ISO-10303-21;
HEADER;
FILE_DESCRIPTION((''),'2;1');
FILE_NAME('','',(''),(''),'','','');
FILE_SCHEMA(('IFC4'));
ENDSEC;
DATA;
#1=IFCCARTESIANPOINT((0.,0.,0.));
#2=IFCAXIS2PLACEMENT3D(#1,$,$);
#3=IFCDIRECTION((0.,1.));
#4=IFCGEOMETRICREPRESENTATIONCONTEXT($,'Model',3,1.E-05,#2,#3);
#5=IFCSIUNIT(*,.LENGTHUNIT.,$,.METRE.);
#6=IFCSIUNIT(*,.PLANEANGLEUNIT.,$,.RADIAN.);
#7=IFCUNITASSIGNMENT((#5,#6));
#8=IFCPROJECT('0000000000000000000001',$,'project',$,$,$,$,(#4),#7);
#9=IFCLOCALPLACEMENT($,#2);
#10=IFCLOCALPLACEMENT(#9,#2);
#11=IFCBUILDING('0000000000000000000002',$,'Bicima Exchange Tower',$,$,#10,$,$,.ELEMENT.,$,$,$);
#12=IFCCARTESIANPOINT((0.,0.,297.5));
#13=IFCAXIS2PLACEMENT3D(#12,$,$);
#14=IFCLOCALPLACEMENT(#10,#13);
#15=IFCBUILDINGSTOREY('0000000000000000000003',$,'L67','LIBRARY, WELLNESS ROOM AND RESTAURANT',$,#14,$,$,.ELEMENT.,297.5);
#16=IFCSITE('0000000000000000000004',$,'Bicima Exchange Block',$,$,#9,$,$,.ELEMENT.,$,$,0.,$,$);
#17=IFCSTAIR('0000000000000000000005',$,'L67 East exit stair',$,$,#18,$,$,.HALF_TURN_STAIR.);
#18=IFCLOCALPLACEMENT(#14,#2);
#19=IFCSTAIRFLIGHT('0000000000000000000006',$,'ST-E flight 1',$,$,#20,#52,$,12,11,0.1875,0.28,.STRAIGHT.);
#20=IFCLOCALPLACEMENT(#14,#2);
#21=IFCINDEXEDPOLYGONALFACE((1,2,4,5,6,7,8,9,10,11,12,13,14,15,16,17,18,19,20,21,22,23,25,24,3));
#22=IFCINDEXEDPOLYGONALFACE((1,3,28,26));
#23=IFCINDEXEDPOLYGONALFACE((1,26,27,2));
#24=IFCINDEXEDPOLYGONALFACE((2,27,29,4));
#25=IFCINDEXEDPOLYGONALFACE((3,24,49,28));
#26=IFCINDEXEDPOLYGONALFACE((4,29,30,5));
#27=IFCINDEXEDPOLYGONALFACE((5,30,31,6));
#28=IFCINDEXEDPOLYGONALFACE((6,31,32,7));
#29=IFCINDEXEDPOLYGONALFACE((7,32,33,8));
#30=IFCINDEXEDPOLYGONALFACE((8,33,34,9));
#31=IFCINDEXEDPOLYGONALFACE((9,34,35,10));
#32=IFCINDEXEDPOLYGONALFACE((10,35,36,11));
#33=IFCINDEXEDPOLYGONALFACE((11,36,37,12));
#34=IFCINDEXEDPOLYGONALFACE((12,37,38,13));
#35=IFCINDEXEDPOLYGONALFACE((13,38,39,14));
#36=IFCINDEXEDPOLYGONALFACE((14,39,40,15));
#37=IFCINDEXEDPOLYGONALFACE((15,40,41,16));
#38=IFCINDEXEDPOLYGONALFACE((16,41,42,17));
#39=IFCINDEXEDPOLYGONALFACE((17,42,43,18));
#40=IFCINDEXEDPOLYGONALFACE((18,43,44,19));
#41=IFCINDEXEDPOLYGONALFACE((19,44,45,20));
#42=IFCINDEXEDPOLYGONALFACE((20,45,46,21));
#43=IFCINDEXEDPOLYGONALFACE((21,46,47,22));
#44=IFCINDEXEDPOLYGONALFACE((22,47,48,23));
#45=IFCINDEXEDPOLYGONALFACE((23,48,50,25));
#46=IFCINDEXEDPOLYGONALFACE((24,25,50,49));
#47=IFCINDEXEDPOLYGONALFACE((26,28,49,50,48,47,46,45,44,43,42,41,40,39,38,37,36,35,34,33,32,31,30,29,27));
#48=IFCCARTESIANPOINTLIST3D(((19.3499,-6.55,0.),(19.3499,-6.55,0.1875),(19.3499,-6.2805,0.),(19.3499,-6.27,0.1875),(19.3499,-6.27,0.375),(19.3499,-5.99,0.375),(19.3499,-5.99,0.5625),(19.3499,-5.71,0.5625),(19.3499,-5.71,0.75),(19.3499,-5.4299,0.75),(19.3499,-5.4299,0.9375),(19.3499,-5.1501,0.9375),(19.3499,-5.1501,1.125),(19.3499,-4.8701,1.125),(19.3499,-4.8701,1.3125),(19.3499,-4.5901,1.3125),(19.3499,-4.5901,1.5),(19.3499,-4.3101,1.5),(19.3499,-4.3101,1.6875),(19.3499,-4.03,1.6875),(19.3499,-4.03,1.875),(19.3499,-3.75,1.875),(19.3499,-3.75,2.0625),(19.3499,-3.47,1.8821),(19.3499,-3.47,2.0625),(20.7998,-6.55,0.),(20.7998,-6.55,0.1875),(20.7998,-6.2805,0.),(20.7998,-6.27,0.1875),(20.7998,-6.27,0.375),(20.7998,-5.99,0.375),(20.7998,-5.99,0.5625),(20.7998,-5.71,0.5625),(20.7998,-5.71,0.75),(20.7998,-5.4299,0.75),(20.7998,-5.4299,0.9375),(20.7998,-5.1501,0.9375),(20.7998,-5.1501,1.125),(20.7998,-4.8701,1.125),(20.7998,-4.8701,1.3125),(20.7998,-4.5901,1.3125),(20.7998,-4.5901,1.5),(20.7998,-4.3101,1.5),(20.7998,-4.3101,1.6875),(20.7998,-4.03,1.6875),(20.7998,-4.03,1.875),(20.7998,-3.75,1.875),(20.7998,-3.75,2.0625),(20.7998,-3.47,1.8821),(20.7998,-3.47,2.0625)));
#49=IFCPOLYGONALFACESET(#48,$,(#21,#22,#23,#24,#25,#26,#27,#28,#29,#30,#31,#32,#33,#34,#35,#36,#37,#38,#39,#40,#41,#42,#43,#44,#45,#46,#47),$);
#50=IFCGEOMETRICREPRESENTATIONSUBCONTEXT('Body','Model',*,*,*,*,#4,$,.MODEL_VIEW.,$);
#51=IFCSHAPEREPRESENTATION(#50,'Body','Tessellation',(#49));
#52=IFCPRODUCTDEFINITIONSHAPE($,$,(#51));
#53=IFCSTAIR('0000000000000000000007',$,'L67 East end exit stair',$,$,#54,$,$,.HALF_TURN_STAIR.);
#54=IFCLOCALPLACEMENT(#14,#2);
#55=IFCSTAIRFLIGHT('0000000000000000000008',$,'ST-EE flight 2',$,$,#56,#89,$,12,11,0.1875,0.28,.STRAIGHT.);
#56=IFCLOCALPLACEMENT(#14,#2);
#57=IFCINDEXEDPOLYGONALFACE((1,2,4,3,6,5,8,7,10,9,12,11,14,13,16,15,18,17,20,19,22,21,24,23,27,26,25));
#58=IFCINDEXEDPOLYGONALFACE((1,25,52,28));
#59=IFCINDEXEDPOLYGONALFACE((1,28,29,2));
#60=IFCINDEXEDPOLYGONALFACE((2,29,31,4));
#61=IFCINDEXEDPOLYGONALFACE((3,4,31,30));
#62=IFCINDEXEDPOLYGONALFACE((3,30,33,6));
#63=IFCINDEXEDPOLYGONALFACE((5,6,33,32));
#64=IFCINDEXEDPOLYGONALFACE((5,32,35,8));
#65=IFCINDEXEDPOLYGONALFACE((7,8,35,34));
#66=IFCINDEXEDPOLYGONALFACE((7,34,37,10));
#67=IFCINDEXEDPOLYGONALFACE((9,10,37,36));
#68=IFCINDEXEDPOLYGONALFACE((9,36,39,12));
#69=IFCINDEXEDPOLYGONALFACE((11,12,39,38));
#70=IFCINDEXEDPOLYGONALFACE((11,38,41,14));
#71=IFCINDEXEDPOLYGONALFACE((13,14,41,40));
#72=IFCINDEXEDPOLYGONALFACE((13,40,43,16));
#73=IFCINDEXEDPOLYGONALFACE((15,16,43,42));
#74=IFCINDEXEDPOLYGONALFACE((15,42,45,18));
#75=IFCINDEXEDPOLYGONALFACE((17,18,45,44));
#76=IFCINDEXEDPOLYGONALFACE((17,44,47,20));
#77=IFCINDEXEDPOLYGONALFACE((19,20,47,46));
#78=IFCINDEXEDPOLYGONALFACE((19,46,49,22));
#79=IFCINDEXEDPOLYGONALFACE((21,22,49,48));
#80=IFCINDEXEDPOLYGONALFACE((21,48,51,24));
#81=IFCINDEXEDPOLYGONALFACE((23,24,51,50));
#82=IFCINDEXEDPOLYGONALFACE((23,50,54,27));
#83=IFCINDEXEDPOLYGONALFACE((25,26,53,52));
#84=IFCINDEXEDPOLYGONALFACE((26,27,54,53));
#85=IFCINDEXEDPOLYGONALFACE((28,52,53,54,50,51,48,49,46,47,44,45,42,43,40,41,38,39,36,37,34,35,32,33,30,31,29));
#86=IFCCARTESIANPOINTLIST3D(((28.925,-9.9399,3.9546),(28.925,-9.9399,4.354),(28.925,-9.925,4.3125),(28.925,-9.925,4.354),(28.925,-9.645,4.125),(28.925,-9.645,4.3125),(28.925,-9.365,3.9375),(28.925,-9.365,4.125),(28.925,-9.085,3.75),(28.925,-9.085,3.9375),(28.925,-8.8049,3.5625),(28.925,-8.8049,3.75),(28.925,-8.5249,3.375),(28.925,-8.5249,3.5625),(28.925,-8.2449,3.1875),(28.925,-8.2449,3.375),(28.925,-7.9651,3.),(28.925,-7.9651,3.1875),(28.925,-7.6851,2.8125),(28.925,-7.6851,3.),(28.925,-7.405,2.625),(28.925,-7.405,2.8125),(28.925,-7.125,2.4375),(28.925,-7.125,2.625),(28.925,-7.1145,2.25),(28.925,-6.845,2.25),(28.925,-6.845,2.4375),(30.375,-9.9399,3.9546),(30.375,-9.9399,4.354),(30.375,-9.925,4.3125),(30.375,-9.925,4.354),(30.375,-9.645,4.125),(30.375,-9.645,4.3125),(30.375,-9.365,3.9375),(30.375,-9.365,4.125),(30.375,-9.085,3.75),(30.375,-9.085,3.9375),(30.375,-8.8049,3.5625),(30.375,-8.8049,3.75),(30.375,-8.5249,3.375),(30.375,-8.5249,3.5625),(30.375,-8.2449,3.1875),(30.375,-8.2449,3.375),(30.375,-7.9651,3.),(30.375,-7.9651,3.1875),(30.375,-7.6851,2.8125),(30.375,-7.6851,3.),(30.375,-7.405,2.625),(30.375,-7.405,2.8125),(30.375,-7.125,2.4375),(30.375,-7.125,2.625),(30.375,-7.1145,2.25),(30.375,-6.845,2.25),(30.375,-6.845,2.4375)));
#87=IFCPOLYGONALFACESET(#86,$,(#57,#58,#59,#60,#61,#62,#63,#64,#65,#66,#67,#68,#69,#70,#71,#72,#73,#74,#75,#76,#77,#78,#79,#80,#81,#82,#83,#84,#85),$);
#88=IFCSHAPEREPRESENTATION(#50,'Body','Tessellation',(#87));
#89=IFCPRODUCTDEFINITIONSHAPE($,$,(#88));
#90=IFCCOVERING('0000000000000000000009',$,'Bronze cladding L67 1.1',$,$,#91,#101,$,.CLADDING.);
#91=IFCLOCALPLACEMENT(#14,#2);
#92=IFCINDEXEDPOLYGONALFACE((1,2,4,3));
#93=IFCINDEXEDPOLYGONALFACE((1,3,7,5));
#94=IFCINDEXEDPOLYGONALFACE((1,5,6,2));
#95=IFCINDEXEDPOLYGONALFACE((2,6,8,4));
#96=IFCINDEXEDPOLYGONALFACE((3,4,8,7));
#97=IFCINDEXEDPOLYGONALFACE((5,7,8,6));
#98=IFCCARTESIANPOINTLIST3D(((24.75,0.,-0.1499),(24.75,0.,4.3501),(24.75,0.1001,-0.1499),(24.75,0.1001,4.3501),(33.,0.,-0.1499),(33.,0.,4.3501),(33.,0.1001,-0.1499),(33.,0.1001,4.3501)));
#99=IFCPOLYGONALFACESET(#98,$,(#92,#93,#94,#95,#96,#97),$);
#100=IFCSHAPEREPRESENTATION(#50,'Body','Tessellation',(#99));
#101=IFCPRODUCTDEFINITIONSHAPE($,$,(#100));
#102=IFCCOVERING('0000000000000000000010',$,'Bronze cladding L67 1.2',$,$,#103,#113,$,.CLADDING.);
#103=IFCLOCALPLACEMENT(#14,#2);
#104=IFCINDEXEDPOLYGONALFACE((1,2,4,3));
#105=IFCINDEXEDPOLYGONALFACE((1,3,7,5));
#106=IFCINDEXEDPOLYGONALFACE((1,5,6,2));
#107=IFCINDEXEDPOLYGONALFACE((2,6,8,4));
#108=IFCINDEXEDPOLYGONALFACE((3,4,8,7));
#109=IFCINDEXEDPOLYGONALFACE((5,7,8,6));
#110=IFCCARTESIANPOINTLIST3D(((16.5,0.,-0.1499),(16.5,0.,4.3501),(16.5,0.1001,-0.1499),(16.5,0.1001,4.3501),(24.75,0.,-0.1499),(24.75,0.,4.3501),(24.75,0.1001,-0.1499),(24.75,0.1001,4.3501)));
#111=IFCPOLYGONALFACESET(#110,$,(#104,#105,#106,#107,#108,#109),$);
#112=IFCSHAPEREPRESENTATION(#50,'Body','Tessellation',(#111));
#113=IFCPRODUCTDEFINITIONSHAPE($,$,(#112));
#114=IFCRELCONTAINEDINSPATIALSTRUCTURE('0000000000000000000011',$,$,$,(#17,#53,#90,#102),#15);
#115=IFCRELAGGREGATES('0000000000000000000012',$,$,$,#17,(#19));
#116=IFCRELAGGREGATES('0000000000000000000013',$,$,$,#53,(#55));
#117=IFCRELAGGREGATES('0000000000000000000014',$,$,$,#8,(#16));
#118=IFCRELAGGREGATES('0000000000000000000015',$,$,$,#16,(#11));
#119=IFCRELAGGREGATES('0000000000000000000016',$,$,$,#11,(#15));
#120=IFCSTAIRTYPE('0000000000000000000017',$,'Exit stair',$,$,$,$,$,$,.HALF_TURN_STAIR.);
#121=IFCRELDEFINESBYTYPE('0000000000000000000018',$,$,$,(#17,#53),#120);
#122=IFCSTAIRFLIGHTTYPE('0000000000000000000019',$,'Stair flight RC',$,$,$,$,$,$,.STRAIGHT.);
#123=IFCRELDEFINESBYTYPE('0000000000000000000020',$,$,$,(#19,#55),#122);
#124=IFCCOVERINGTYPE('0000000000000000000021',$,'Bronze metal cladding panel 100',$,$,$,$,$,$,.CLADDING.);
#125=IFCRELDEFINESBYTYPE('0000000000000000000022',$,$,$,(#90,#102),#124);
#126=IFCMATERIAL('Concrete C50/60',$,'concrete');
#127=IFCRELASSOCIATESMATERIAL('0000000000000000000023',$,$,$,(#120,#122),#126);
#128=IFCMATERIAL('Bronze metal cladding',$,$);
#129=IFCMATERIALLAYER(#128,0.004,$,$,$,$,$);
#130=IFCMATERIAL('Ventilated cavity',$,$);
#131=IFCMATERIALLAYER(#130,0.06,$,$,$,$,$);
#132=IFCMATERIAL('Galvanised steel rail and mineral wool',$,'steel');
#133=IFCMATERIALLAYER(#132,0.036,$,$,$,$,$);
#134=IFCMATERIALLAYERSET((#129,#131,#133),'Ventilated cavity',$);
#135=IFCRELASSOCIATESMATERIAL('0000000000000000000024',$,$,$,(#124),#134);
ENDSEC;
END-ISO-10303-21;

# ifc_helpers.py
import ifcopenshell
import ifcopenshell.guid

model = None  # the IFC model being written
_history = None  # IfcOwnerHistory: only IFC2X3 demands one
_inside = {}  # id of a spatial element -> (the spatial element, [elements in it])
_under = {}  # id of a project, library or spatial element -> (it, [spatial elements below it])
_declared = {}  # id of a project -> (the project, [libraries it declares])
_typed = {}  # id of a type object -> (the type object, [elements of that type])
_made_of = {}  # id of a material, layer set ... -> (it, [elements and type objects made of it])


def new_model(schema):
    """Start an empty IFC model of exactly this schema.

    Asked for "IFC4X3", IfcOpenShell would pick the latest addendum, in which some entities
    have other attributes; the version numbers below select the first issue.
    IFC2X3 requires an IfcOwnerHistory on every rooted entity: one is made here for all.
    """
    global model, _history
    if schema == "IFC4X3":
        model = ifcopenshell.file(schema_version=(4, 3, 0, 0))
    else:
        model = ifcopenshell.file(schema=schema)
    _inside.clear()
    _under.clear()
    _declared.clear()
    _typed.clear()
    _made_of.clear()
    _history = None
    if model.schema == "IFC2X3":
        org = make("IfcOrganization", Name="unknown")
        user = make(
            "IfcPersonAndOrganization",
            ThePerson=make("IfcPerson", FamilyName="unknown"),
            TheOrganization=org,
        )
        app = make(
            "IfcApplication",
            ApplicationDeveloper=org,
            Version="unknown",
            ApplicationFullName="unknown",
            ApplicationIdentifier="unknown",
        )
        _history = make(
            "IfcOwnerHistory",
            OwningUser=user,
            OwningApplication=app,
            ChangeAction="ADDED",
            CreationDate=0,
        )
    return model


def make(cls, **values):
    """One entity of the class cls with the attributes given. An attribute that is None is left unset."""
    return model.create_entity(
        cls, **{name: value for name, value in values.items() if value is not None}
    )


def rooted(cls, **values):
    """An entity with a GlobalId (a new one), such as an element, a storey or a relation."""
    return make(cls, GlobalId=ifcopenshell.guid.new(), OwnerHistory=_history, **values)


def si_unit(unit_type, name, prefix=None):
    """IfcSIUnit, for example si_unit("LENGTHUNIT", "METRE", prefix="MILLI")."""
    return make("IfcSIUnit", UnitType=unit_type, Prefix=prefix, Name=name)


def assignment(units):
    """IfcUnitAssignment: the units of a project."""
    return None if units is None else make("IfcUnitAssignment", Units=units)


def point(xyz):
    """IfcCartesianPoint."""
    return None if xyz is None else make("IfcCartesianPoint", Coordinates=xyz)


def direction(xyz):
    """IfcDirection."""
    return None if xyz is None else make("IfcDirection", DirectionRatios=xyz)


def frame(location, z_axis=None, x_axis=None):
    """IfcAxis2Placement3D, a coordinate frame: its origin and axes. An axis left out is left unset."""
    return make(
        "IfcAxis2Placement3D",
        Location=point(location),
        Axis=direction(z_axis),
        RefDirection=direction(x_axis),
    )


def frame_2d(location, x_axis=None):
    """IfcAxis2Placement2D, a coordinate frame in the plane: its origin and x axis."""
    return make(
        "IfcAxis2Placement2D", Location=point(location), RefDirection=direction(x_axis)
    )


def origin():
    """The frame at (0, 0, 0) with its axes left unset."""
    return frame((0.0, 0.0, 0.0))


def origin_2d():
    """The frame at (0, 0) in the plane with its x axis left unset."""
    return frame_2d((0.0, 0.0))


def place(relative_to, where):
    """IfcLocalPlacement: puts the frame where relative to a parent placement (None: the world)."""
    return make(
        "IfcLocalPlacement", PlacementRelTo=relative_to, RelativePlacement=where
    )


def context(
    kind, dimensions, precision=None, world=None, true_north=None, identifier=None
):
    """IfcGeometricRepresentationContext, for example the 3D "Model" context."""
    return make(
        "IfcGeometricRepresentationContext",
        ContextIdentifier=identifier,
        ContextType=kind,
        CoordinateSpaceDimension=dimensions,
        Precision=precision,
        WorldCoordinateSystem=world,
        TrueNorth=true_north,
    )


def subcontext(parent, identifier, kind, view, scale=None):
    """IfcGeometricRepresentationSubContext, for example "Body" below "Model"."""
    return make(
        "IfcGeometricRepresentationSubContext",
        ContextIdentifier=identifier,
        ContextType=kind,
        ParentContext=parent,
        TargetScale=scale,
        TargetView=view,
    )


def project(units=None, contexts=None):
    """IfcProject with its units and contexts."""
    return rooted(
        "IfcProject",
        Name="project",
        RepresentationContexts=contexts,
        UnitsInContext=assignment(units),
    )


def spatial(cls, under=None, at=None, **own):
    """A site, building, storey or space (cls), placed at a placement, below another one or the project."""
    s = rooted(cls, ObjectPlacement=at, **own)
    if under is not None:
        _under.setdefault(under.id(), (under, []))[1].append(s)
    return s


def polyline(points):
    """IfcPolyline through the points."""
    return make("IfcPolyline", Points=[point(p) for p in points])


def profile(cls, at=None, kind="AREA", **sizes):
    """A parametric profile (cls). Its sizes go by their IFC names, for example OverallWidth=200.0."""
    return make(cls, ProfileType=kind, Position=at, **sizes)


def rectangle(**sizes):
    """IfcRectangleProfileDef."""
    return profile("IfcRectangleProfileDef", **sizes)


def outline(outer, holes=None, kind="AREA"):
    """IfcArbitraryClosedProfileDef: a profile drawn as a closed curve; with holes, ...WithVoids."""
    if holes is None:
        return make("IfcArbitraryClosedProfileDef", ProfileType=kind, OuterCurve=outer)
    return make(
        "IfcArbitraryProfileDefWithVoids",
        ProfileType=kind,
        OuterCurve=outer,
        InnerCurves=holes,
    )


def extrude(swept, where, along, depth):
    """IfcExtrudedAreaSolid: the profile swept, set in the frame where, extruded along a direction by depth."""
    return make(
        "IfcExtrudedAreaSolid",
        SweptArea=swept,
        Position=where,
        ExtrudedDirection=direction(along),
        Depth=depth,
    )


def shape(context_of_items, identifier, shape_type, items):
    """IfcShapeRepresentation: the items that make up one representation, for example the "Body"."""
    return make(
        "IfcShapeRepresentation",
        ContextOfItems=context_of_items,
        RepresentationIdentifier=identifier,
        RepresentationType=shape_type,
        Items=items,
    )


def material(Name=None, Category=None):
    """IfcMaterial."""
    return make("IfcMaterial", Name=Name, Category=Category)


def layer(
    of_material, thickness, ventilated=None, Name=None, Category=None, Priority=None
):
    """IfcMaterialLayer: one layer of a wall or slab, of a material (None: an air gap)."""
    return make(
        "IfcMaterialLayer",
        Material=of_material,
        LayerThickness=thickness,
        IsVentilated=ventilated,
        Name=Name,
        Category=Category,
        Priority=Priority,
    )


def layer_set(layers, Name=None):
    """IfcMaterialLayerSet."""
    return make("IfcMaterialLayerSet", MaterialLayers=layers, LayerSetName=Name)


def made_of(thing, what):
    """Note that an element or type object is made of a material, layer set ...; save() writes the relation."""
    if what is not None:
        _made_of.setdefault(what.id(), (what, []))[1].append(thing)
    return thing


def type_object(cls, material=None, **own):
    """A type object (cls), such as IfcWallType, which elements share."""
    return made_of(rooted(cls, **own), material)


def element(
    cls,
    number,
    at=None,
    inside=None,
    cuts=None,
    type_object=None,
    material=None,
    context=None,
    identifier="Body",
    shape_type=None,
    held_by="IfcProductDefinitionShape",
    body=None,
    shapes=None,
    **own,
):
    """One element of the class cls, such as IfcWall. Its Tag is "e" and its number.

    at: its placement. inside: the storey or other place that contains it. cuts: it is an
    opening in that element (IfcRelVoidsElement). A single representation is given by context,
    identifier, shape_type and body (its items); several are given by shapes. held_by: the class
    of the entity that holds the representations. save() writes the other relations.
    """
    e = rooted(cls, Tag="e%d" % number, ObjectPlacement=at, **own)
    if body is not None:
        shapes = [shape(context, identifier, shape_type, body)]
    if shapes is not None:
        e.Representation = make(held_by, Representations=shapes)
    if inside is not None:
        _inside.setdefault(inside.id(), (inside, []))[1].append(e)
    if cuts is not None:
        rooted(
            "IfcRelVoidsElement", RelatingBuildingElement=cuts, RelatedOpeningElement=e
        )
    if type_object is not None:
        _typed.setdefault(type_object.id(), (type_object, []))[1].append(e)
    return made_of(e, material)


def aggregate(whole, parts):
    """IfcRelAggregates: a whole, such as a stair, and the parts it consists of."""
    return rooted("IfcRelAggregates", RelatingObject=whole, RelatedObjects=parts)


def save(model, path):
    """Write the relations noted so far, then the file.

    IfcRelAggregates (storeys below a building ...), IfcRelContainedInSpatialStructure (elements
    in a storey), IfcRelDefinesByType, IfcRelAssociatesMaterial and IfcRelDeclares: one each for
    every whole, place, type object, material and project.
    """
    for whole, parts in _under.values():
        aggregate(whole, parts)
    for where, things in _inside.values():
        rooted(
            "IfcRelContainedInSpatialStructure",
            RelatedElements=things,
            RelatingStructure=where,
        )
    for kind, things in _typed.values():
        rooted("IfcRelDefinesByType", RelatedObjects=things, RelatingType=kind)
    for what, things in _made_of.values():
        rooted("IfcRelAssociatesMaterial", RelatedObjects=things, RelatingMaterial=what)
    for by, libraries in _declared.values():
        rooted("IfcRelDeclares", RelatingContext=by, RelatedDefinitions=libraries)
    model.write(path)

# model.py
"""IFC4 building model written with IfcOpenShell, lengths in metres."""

from ifc_helpers import new_model, si_unit, direction, frame, origin, origin_2d, place, context, subcontext, project, spatial, polyline, rectangle, outline, extrude, material, layer, layer_set, type_object, element, aggregate, save


model = new_model("IFC4")

# Units and contexts
model_context = context("Model", 3, precision=1e-05, world=origin(), true_north=direction((0.0, 1.0)))
body_context = subcontext(model_context, "Body", "Model", "MODEL_VIEW")
ifc_project = project(units=[si_unit("LENGTHUNIT", "METRE"), si_unit("PLANEANGLEUNIT", "RADIAN")], contexts=[model_context])

# Site, building, storey
site_placement = place(None, origin())
site = spatial("IfcSite", under=ifc_project, at=site_placement, Name="Bicima Exchange Block", CompositionType="ELEMENT", RefElevation=0.0)
building_placement = place(site_placement, origin())
building = spatial("IfcBuilding", under=site, at=building_placement, Name="Bicima Exchange Tower", CompositionType="ELEMENT")
storey_placement = place(building_placement, frame((0.0, 0.0, 297.5)))
storey = spatial("IfcBuildingStorey", under=building, at=storey_placement, Name="L67", Description="LIBRARY, WELLNESS ROOM AND RESTAURANT", CompositionType="ELEMENT", Elevation=297.5)

# Shared definitions
ifc_material_1 = material(Name="Concrete C50/60", Category="concrete")

# Stairs, stair flights
stair_type = type_object("IfcStairType", Name="Exit stair", PredefinedType="HALF_TURN_STAIR", material=ifc_material_1)
stair_1_placement = place(storey_placement, origin())
stair_1 = element("IfcStair", 1, at=stair_1_placement, inside=storey, type_object=stair_type, Name="L67 East exit stair", PredefinedType="HALF_TURN_STAIR")
stair_flight_type = type_object("IfcStairFlightType", Name="Stair flight RC", PredefinedType="STRAIGHT", material=ifc_material_1)
stair_flight_1_placement = place(storey_placement, frame((20.075, -6.55, 0.0), z_axis=(0.0, 0.0, 1.0), x_axis=(0.0, 1.0, 0.0)))
stair_flight_1 = element("IfcStairFlight", 2, at=stair_flight_1_placement, type_object=stair_flight_type, Name="ST-E flight 1", NumberOfRisers=12, NumberOfTreads=11, PredefinedType="STRAIGHT", RiserHeight=0.1875, TreadLength=0.28, context=body_context, shape_type="SweptSolid", body=[
    extrude(outline(polyline([(0.0, 0.0), (0.0, 0.1875), (0.28, 0.1875), (0.28, 0.375), (0.5601, 0.375), (0.5601, 0.5625), (0.8401, 0.5625), (0.8401, 0.75), (1.1201, 0.75), (1.1201, 0.9375), (1.3999, 0.9375), (1.3999, 1.125), (1.6799, 1.125), (1.6799, 1.3125), (1.96, 1.3125), (1.96, 1.5), (2.24, 1.5), (2.24, 1.6875), (2.52, 1.6875), (2.52, 1.875), (2.8, 1.875), (2.8, 2.0625), (3.0801, 2.0625), (3.0801, 2.25), (3.0801, 1.8821), (0.2695, 0.0), (0.0, 0.0)])), frame((0.0, 0.7251, 0.0), z_axis=(0.0, -1.0, 0.0), x_axis=(1.0, 0.0, 0.0)), (0.0, 0.0, 1.0), 1.45),
])
aggregate(stair_1, [stair_flight_1])
stair_2_placement = place(storey_placement, origin())
stair_2 = element("IfcStair", 3, at=stair_2_placement, inside=storey, type_object=stair_type, Name="L67 East end exit stair", PredefinedType="HALF_TURN_STAIR")
stair_flight_2_placement = place(storey_placement, frame((29.6499, -6.845, 2.25), z_axis=(0.0, 0.0, 1.0), x_axis=(0.0, -1.0, 0.0)))
stair_flight_2 = element("IfcStairFlight", 4, at=stair_flight_2_placement, type_object=stair_flight_type, Name="ST-EE flight 2", NumberOfRisers=12, NumberOfTreads=11, PredefinedType="STRAIGHT", RiserHeight=0.1875, TreadLength=0.28, context=body_context, shape_type="SweptSolid", body=[
    extrude(outline(polyline([(0.0, 0.0), (0.0, 0.1875), (0.28, 0.1875), (0.28, 0.375), (0.5601, 0.375), (0.5601, 0.5625), (0.8401, 0.5625), (0.8401, 0.75), (1.1201, 0.75), (1.1201, 0.9375), (1.3999, 0.9375), (1.3999, 1.125), (1.6799, 1.125), (1.6799, 1.3125), (1.96, 1.3125), (1.96, 1.5), (2.24, 1.5), (2.24, 1.6875), (2.52, 1.6875), (2.52, 1.875), (2.8, 1.875), (2.8, 2.0625), (3.0801, 2.0625), (3.0801, 2.104), (3.095, 2.104), (3.095, 1.7046), (0.2695, 0.0), (0.0, 0.0)])), frame((0.0, 0.7251, 0.0), z_axis=(0.0, -1.0, 0.0), x_axis=(1.0, 0.0, 0.0)), (0.0, 0.0, 1.0), 1.45),
])
aggregate(stair_2, [stair_flight_2])

# Coverings
ifc_material_2 = material(Name="Bronze metal cladding")
ifc_layer_1 = layer(ifc_material_2, 0.004)
ifc_material_3 = material(Name="Ventilated cavity")
ifc_layer_2 = layer(ifc_material_3, 0.06)
ifc_material_4 = material(Name="Galvanised steel rail and mineral wool", Category="steel")
ifc_layer_3 = layer(ifc_material_4, 0.036)
ifc_layer_set_1 = layer_set([ifc_layer_1, ifc_layer_2, ifc_layer_3], Name="Ventilated cavity")
covering_type = type_object("IfcCoveringType", Name="Bronze metal cladding panel 100", PredefinedType="CLADDING", material=ifc_layer_set_1)
for number, where, z_axis, x_axis, name in (
    (5, (28.875, 0.05, -0.1499), (0.0, 0.0, 1.0), (-1.0, 0.0, 0.0), "Bronze cladding L67 1.1"),
    (6, (20.625, 0.05, -0.1499), (0.0, 0.0, 1.0), (-1.0, 0.0, 0.0), "Bronze cladding L67 1.2"),
):
    element("IfcCovering", number, at=place(storey_placement, frame(where, z_axis=z_axis, x_axis=x_axis)), inside=storey, type_object=covering_type, Name=name, PredefinedType="CLADDING", context=body_context, shape_type="SweptSolid", body=[
        extrude(rectangle(XDim=8.25, YDim=0.1001, at=origin_2d()), origin(), (0.0, 0.0, 1.0), 4.5),
    ])

save(model, "model.ifc")
